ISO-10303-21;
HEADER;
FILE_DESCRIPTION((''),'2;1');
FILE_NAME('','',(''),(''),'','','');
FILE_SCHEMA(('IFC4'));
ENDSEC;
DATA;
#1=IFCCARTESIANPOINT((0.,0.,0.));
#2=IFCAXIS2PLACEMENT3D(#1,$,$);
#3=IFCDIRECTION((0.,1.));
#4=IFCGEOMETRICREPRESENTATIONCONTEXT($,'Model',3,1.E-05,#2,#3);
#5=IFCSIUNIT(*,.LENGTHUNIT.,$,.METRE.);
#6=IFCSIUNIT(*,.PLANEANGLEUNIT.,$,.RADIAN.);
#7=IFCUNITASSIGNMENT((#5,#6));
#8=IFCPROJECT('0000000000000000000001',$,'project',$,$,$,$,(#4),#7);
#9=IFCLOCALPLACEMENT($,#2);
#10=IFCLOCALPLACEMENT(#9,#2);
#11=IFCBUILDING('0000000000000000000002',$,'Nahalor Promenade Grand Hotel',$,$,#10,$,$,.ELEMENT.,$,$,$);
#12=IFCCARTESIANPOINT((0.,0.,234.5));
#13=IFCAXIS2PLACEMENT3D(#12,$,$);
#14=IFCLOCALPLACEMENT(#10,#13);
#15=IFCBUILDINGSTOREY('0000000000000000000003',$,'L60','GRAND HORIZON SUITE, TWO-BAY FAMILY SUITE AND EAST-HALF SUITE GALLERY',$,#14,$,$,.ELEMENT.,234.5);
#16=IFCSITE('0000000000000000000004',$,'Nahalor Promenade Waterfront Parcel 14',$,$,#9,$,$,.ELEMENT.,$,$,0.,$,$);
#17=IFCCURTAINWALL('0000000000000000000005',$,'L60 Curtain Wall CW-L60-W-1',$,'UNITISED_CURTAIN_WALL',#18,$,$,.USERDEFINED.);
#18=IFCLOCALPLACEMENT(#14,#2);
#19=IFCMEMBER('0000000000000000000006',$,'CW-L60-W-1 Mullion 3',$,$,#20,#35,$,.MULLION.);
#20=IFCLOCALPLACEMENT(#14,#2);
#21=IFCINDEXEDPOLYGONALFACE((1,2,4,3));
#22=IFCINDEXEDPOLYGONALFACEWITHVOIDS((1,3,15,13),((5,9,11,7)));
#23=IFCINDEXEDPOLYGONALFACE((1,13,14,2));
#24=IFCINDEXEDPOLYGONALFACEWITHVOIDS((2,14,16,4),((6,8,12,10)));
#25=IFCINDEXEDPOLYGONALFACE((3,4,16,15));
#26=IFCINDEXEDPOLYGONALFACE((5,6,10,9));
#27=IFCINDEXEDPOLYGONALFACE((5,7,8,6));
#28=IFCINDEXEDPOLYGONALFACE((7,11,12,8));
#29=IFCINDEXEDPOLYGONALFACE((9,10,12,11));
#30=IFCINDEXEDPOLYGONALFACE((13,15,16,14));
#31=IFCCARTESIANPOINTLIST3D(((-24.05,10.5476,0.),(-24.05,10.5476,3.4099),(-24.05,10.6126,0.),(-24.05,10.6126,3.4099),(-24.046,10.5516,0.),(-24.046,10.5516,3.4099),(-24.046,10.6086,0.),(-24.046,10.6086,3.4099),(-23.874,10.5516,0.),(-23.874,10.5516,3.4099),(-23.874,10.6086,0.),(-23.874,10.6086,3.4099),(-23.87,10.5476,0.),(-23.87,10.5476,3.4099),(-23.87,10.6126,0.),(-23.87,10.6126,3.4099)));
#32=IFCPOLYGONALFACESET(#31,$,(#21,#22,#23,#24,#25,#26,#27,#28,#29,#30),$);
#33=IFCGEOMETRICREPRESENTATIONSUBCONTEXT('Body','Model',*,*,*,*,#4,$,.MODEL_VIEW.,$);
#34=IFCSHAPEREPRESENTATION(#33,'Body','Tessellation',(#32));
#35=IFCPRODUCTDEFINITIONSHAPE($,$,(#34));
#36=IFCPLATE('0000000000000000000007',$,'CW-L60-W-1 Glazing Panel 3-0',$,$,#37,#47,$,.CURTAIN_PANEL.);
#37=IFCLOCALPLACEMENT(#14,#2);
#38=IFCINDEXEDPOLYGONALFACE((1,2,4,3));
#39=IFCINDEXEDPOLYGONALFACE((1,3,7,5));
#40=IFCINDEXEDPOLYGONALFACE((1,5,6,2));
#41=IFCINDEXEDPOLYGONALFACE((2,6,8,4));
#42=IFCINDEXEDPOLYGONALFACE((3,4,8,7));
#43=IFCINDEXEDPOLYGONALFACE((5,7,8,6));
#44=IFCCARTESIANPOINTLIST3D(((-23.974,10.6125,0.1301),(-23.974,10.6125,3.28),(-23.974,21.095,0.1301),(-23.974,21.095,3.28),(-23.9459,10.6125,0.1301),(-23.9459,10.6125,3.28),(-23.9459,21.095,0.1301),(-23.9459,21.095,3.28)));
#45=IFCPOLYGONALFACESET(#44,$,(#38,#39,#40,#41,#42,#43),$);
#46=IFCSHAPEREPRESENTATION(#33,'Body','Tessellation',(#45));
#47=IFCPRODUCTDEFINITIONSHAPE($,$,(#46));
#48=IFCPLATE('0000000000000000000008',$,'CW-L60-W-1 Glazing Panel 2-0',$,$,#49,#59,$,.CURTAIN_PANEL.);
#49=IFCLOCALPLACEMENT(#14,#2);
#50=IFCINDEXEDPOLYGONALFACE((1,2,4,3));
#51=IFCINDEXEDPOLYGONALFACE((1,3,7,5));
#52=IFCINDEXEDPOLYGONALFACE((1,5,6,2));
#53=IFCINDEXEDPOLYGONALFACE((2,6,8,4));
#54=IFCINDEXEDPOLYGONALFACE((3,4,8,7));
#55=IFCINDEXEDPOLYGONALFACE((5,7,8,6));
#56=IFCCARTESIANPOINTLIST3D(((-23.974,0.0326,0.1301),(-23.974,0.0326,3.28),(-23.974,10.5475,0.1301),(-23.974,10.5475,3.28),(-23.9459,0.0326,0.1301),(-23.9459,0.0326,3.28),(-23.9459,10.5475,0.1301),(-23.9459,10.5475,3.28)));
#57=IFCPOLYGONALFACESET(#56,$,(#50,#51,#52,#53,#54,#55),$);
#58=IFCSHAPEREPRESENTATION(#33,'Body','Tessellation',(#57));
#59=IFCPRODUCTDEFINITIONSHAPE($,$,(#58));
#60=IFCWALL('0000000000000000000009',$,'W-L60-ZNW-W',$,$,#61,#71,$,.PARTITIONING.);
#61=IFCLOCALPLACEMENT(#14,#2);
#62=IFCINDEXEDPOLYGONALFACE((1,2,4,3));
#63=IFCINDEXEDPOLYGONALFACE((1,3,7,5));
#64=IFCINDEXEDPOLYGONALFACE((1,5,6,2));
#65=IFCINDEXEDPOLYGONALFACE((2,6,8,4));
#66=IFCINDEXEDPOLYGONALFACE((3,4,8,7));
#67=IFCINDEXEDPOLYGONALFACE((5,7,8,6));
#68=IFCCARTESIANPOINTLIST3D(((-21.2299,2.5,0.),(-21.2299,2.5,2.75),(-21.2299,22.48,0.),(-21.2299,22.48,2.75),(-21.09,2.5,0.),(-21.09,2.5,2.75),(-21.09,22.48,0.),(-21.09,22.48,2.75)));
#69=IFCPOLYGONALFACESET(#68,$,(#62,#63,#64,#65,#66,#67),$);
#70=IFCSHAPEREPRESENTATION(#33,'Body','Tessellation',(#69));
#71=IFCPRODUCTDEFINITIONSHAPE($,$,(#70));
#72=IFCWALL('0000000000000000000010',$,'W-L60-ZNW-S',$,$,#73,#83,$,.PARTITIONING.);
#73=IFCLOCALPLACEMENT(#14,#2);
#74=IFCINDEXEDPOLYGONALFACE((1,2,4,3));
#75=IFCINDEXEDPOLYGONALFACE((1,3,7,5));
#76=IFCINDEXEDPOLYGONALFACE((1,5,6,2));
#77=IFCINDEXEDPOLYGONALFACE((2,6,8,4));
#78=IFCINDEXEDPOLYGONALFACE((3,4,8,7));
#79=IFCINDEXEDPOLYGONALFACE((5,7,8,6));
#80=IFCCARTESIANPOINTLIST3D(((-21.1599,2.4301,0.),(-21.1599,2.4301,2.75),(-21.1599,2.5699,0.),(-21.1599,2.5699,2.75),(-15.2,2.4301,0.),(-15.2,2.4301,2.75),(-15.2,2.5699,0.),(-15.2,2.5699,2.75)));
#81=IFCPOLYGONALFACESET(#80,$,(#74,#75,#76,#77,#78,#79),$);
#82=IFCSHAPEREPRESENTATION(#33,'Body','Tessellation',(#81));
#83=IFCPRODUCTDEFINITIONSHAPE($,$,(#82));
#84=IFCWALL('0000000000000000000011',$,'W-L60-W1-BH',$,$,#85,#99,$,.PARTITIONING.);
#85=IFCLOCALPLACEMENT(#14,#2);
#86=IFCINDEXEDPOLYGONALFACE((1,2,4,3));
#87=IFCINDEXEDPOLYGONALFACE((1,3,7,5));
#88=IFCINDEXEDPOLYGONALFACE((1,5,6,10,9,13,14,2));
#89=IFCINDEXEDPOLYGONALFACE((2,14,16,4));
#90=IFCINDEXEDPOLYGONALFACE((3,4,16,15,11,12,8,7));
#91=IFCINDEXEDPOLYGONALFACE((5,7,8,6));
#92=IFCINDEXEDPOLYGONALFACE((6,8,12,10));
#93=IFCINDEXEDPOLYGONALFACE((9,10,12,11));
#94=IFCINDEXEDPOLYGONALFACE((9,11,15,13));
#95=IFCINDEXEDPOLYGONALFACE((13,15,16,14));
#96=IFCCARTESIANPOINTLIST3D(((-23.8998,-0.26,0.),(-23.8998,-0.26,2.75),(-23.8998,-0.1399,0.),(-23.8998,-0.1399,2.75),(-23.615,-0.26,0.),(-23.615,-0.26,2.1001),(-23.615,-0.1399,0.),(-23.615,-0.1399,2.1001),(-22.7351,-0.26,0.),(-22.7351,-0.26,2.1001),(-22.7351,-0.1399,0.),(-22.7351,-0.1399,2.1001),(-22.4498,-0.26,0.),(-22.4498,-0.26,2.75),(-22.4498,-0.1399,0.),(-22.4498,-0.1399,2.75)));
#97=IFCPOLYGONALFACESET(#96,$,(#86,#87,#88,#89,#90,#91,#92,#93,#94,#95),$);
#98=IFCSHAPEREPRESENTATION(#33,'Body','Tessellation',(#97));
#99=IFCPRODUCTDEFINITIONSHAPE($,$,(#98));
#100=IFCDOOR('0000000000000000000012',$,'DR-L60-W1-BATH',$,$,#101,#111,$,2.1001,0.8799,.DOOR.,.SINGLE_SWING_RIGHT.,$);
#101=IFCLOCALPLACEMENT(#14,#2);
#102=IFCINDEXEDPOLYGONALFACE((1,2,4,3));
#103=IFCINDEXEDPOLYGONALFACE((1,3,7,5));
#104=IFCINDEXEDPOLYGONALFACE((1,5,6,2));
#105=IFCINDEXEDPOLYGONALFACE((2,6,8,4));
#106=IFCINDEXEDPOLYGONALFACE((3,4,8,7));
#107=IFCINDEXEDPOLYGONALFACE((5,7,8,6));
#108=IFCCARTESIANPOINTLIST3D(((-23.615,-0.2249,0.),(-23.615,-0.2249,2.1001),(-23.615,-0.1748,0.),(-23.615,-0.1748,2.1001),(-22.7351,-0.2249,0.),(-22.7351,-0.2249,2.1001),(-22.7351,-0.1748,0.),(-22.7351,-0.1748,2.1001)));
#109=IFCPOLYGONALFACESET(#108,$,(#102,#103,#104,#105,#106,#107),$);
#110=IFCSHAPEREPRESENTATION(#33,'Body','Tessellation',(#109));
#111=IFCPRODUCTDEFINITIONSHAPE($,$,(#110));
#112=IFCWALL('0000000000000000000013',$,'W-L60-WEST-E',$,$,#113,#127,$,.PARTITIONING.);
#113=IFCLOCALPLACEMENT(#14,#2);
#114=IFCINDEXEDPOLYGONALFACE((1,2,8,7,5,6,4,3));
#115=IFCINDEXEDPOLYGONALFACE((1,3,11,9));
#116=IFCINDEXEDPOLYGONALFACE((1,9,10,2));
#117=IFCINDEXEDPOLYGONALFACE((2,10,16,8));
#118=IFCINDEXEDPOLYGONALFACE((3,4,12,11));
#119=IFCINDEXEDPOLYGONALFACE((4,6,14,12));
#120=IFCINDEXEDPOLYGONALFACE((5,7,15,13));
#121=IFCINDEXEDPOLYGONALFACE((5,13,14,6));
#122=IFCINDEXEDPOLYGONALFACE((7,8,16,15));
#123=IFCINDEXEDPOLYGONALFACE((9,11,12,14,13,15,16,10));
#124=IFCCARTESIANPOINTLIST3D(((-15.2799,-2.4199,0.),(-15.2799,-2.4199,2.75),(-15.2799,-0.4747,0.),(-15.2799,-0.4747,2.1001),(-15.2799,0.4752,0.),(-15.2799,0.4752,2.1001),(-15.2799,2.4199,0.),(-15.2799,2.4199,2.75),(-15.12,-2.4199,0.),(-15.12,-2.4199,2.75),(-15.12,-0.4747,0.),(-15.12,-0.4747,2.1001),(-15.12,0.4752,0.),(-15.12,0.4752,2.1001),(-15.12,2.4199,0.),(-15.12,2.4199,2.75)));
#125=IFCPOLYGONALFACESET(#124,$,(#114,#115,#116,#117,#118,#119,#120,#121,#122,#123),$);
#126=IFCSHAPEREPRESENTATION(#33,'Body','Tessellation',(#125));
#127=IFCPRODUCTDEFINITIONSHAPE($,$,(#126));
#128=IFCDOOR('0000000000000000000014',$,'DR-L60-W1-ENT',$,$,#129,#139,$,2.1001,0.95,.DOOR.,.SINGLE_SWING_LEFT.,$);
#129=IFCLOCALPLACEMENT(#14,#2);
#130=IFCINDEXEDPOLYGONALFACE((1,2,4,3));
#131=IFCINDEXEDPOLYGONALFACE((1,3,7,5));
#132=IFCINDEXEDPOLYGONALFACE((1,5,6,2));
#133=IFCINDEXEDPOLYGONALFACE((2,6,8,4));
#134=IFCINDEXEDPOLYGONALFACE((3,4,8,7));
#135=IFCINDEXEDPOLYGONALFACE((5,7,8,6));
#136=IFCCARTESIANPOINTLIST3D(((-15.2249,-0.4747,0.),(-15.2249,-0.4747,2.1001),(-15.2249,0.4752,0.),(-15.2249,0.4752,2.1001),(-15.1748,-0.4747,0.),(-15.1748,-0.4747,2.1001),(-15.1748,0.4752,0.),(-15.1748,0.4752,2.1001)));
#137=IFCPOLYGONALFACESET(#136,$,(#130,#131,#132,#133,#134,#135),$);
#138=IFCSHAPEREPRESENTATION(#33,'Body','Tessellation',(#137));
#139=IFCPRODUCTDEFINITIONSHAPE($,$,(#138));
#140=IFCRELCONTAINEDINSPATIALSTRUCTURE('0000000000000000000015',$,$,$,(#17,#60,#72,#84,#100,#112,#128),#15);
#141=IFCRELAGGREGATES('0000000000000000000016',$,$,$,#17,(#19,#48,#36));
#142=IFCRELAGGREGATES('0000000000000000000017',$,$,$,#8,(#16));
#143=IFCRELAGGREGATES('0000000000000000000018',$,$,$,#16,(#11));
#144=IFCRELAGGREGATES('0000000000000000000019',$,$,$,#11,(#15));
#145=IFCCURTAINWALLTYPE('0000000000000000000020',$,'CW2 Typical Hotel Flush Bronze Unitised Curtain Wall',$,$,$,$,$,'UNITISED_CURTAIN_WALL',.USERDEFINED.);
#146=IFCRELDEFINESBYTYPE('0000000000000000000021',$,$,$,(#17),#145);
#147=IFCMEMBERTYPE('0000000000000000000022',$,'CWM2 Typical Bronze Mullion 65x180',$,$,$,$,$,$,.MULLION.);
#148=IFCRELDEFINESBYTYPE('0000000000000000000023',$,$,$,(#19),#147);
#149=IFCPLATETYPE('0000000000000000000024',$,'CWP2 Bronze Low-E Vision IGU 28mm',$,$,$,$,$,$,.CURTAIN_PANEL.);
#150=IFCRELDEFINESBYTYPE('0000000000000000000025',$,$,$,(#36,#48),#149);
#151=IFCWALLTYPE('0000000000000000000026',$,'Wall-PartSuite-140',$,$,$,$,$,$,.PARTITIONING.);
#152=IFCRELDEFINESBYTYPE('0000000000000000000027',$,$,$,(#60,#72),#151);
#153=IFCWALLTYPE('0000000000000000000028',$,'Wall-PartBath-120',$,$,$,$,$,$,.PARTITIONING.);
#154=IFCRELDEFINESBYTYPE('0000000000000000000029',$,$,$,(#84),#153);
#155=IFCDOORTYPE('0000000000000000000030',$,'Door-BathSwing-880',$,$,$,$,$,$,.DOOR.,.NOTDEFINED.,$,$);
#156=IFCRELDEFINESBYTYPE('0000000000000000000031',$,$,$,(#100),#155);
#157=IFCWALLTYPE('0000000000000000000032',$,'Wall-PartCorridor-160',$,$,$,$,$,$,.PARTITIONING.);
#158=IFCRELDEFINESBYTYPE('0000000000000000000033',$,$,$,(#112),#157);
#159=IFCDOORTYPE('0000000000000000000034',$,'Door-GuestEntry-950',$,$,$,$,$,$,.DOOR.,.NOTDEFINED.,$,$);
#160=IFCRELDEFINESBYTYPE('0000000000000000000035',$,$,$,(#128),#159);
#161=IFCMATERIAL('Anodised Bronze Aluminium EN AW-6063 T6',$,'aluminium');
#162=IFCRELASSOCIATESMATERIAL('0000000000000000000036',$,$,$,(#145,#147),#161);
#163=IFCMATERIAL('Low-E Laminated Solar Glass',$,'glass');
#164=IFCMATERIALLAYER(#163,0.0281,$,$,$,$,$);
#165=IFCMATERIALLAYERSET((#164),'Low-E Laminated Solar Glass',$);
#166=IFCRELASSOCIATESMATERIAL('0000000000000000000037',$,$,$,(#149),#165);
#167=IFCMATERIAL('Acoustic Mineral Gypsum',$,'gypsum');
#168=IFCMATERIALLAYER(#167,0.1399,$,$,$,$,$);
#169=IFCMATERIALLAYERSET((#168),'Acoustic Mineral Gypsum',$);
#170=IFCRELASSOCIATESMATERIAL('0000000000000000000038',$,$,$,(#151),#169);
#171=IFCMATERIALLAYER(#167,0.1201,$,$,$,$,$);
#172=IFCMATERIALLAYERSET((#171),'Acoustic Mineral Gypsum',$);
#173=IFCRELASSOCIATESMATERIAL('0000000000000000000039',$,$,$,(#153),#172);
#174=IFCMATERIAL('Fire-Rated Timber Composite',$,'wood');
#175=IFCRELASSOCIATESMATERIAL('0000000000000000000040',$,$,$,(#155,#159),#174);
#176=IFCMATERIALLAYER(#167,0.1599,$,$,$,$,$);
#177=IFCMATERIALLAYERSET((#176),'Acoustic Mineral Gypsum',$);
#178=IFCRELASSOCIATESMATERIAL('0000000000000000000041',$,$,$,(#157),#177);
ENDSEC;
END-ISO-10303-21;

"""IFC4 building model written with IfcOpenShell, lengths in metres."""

from ifc_helpers import new_model, si_unit, direction, frame, frame_2d, origin, origin_2d, place, context, subcontext, project, spatial, rectangle, hollow_rectangle, extrude, source, transform, mapped, material, layer, layer_set, material_profile, profile_set, type_object, element, fill, aggregate, save


model = new_model("IFC4")

# Units and contexts
model_context = context("Model", 3, precision=1e-05, world=origin(), true_north=direction((0.0, 1.0)))
body_context = subcontext(model_context, "Body", "Model", "MODEL_VIEW")
ifc_project = project(units=[si_unit("LENGTHUNIT", "METRE"), si_unit("PLANEANGLEUNIT", "RADIAN")], contexts=[model_context])

# Site, building, storey
site_placement = place(None, origin())
site = spatial("IfcSite", under=ifc_project, at=site_placement, Name="Nahalor Promenade Waterfront Parcel 14", CompositionType="ELEMENT", RefElevation=0.0)
building_placement = place(site_placement, origin())
building = spatial("IfcBuilding", under=site, at=building_placement, Name="Nahalor Promenade Grand Hotel", CompositionType="ELEMENT")
storey_placement = place(building_placement, frame((0.0, 0.0, 234.5)))
storey = spatial("IfcBuildingStorey", under=building, at=storey_placement, Name="L60", Description="GRAND HORIZON SUITE, TWO-BAY FAMILY SUITE AND EAST-HALF SUITE GALLERY", CompositionType="ELEMENT", Elevation=234.5)

# Curtain wall, member, plates
ifc_material_1 = material(Name="Anodised Bronze Aluminium EN AW-6063 T6", Category="aluminium")
curtain_wall_type = type_object("IfcCurtainWallType", Name="CW2 Typical Hotel Flush Bronze Unitised Curtain Wall", ElementType="UNITISED_CURTAIN_WALL", PredefinedType="USERDEFINED", material=ifc_material_1)
curtain_wall_placement = place(storey_placement, origin())
curtain_wall = element("IfcCurtainWall", 1, at=curtain_wall_placement, inside=storey, type_object=curtain_wall_type, Name="L60 Curtain Wall CW-L60-W-1", ObjectType="UNITISED_CURTAIN_WALL", PredefinedType="USERDEFINED")
ifc_material_profile_1 = material_profile(ifc_material_1, hollow_rectangle(XDim=0.065, YDim=0.18, WallThickness=0.004, at=origin_2d()), Name="CWM 65x180x4")
ifc_profile_set_1 = profile_set([ifc_material_profile_1], Name="Anodised Bronze Aluminium EN AW-6063 T6")
member_type_1 = type_object("IfcMemberType", Name="CWM2 Typical Bronze Mullion 65x180", PredefinedType="MULLION", material=ifc_profile_set_1)
shared_shape_1 = source(origin(), body_context, "Body", "SweptSolid", [
    extrude(hollow_rectangle(XDim=0.065, YDim=0.18, WallThickness=0.004, at=origin_2d()), origin(), (0.0, 0.0, 1.0), 3.4099),
])
member_1_placement = place(storey_placement, frame((-23.96, 10.5801, 0.0), z_axis=(0.0, 0.0, 1.0), x_axis=(0.0, 1.0, 0.0)))
member_1 = element("IfcMember", 2, at=member_1_placement, type_object=member_type_1, Name="CW-L60-W-1 Mullion 3", PredefinedType="MULLION", context=body_context, shape_type="MappedRepresentation", body=[
    mapped(shared_shape_1, transform((0.0, 0.0, 0.0), scale=1.0)),
])
ifc_material_2 = material(Name="Low-E Laminated Solar Glass", Category="glass")
ifc_layer_1 = layer(ifc_material_2, 0.0281)
ifc_layer_set_1 = layer_set([ifc_layer_1], Name="Low-E Laminated Solar Glass")
plate_type = type_object("IfcPlateType", Name="CWP2 Bronze Low-E Vision IGU 28mm", PredefinedType="CURTAIN_PANEL", material=ifc_layer_set_1)
shared_shape_2 = source(origin(), body_context, "Body", "SweptSolid", [
    extrude(rectangle(XDim=10.4824, YDim=0.0281, at=origin_2d()), origin(), (0.0, 0.0, 1.0), 3.1499),
])
plate_1_placement = place(storey_placement, frame((-23.96, 15.8538, 0.1301), z_axis=(0.0, 0.0, 1.0), x_axis=(0.0, 1.0, 0.0)))
plate_1 = element("IfcPlate", 3, at=plate_1_placement, type_object=plate_type, Name="CW-L60-W-1 Glazing Panel 3-0", PredefinedType="CURTAIN_PANEL", context=body_context, shape_type="MappedRepresentation", body=[
    mapped(shared_shape_2, transform((0.0, 0.0, 0.0), scale=1.0)),
])
shared_shape_3 = source(origin(), body_context, "Body", "SweptSolid", [
    extrude(rectangle(XDim=10.5149, YDim=0.0281, at=origin_2d()), origin(), (0.0, 0.0, 1.0), 3.1499),
])
plate_2_placement = place(storey_placement, frame((-23.96, 5.29, 0.1301), z_axis=(0.0, 0.0, 1.0), x_axis=(0.0, 1.0, 0.0)))
plate_2 = element("IfcPlate", 4, at=plate_2_placement, type_object=plate_type, Name="CW-L60-W-1 Glazing Panel 2-0", PredefinedType="CURTAIN_PANEL", context=body_context, shape_type="MappedRepresentation", body=[
    mapped(shared_shape_3, transform((0.0, 0.0, 0.0), scale=1.0)),
])
aggregate(curtain_wall, [member_1, plate_2, plate_1])

# Walls
ifc_material_3 = material(Name="Acoustic Mineral Gypsum", Category="gypsum")
ifc_layer_2 = layer(ifc_material_3, 0.1399)
ifc_layer_set_2 = layer_set([ifc_layer_2], Name="Acoustic Mineral Gypsum")
wall_type_1 = type_object("IfcWallType", Name="Wall-PartSuite-140", PredefinedType="PARTITIONING", material=ifc_layer_set_2)
shared_shape_4 = source(origin(), body_context, "Body", "SweptSolid", [
    extrude(rectangle(XDim=19.98, YDim=0.1399, at=frame_2d((9.99, 0.0))), origin(), (0.0, 0.0, 1.0), 2.75),
])
wall_1_placement = place(storey_placement, frame((-21.1599, 2.5, 0.0), z_axis=(0.0, 0.0, 1.0), x_axis=(0.0, 1.0, 0.0)))
element("IfcWall", 5, at=wall_1_placement, inside=storey, type_object=wall_type_1, Name="W-L60-ZNW-W", PredefinedType="PARTITIONING", context=body_context, shape_type="MappedRepresentation", body=[
    mapped(shared_shape_4, transform((0.0, 0.0, 0.0), scale=1.0)),
])
shared_shape_5 = source(origin(), body_context, "Body", "SweptSolid", [
    extrude(rectangle(XDim=5.96, YDim=0.1399, at=frame_2d((2.98, 0.0))), origin(), (0.0, 0.0, 1.0), 2.75),
])
wall_2_placement = place(storey_placement, frame((-21.1599, 2.5, 0.0), z_axis=(0.0, 0.0, 1.0), x_axis=(1.0, 0.0, 0.0)))
element("IfcWall", 6, at=wall_2_placement, inside=storey, type_object=wall_type_1, Name="W-L60-ZNW-S", PredefinedType="PARTITIONING", context=body_context, shape_type="MappedRepresentation", body=[
    mapped(shared_shape_5, transform((0.0, 0.0, 0.0), scale=1.0)),
])

# Walls, openings, doors
ifc_layer_3 = layer(ifc_material_3, 0.1201)
ifc_layer_set_3 = layer_set([ifc_layer_3], Name="Acoustic Mineral Gypsum")
wall_type_2 = type_object("IfcWallType", Name="Wall-PartBath-120", PredefinedType="PARTITIONING", material=ifc_layer_set_3)
shared_shape_6 = source(origin(), body_context, "Body", "SweptSolid", [
    extrude(rectangle(XDim=1.45, YDim=0.1201, at=frame_2d((0.7251, 0.0))), origin(), (0.0, 0.0, 1.0), 2.75),
])
wall_3_placement = place(storey_placement, frame((-23.8999, -0.2, 0.0), z_axis=(0.0, 0.0, 1.0), x_axis=(1.0, 0.0, 0.0)))
wall_3 = element("IfcWall", 7, at=wall_3_placement, inside=storey, type_object=wall_type_2, Name="W-L60-W1-BH", PredefinedType="PARTITIONING", context=body_context, shape_type="MappedRepresentation", body=[
    mapped(shared_shape_6, transform((0.0, 0.0, 0.0), scale=1.0)),
])
opening_1_placement = place(wall_3_placement, frame((0.2849, 0.0, 0.0)))
opening_1 = element("IfcOpeningElement", 8, at=opening_1_placement, cuts=wall_3, PredefinedType="OPENING", context=body_context, shape_type="SweptSolid", body=[
    extrude(rectangle(XDim=0.8799, YDim=2.1001, at=frame_2d((0.4399, 1.05))), frame((0.0, 0.0701, 0.0), z_axis=(0.0, -1.0, 0.0), x_axis=(1.0, 0.0, 0.0)), (0.0, 0.0, 1.0), 0.1401),
])
ifc_material_4 = material(Name="Fire-Rated Timber Composite", Category="wood")
door_type_1 = type_object("IfcDoorType", Name="Door-BathSwing-880", OperationType="NOTDEFINED", PredefinedType="DOOR", material=ifc_material_4)
shared_shape_7 = source(origin(), body_context, "Body", "SweptSolid", [
    extrude(rectangle(XDim=0.8799, YDim=2.1001, at=frame_2d((0.4399, 1.05))), frame((0.0, 0.0249, 0.0), z_axis=(0.0, -1.0, 0.0), x_axis=(1.0, 0.0, 0.0)), (0.0, 0.0, 1.0), 0.05),
])
door_1_placement = place(opening_1_placement, frame((0.8799, 0.0, 0.0), z_axis=(0.0, 0.0, 1.0), x_axis=(-1.0, 0.0, 0.0)))
door_1 = element("IfcDoor", 9, at=door_1_placement, inside=storey, type_object=door_type_1, Name="DR-L60-W1-BATH", OperationType="SINGLE_SWING_RIGHT", OverallHeight=2.1001, OverallWidth=0.8799, PredefinedType="DOOR", context=body_context, shape_type="MappedRepresentation", body=[
    mapped(shared_shape_7, transform((0.0, 0.0, 0.0), scale=1.0)),
])
fill(opening_1, door_1)
ifc_layer_4 = layer(ifc_material_3, 0.1599)
ifc_layer_set_4 = layer_set([ifc_layer_4], Name="Acoustic Mineral Gypsum")
wall_type_3 = type_object("IfcWallType", Name="Wall-PartCorridor-160", PredefinedType="PARTITIONING", material=ifc_layer_set_4)
shared_shape_8 = source(origin(), body_context, "Body", "SweptSolid", [
    extrude(rectangle(XDim=4.8398, YDim=0.1599, at=frame_2d((2.4199, 0.0))), origin(), (0.0, 0.0, 1.0), 2.75),
])
wall_4_placement = place(storey_placement, frame((-15.2, -2.4199, 0.0), z_axis=(0.0, 0.0, 1.0), x_axis=(0.0, 1.0, 0.0)))
wall_4 = element("IfcWall", 10, at=wall_4_placement, inside=storey, type_object=wall_type_3, Name="W-L60-WEST-E", PredefinedType="PARTITIONING", context=body_context, shape_type="MappedRepresentation", body=[
    mapped(shared_shape_8, transform((0.0, 0.0, 0.0), scale=1.0)),
])
opening_2_placement = place(wall_4_placement, frame((1.9451, 0.0, 0.0)))
opening_2 = element("IfcOpeningElement", 11, at=opening_2_placement, cuts=wall_4, PredefinedType="OPENING", context=body_context, shape_type="SweptSolid", body=[
    extrude(rectangle(XDim=0.95, YDim=2.1001, at=frame_2d((0.4751, 1.05))), frame((0.0, 0.0898, 0.0), z_axis=(0.0, -1.0, 0.0), x_axis=(1.0, 0.0, 0.0)), (0.0, 0.0, 1.0), 0.1799),
])
door_type_2 = type_object("IfcDoorType", Name="Door-GuestEntry-950", OperationType="NOTDEFINED", PredefinedType="DOOR", material=ifc_material_4)
shared_shape_9 = source(origin(), body_context, "Body", "SweptSolid", [
    extrude(rectangle(XDim=0.95, YDim=2.1001, at=frame_2d((0.4751, 1.05))), frame((0.0, 0.0249, 0.0), z_axis=(0.0, -1.0, 0.0), x_axis=(1.0, 0.0, 0.0)), (0.0, 0.0, 1.0), 0.05),
])
door_2_placement = place(opening_2_placement, origin())
door_2 = element("IfcDoor", 12, at=door_2_placement, inside=storey, type_object=door_type_2, Name="DR-L60-W1-ENT", OperationType="SINGLE_SWING_LEFT", OverallHeight=2.1001, OverallWidth=0.95, PredefinedType="DOOR", context=body_context, shape_type="MappedRepresentation", body=[
    mapped(shared_shape_9, transform((0.0, 0.0, 0.0), scale=1.0)),
])
fill(opening_2, door_2)

save(model, "model.ifc")
